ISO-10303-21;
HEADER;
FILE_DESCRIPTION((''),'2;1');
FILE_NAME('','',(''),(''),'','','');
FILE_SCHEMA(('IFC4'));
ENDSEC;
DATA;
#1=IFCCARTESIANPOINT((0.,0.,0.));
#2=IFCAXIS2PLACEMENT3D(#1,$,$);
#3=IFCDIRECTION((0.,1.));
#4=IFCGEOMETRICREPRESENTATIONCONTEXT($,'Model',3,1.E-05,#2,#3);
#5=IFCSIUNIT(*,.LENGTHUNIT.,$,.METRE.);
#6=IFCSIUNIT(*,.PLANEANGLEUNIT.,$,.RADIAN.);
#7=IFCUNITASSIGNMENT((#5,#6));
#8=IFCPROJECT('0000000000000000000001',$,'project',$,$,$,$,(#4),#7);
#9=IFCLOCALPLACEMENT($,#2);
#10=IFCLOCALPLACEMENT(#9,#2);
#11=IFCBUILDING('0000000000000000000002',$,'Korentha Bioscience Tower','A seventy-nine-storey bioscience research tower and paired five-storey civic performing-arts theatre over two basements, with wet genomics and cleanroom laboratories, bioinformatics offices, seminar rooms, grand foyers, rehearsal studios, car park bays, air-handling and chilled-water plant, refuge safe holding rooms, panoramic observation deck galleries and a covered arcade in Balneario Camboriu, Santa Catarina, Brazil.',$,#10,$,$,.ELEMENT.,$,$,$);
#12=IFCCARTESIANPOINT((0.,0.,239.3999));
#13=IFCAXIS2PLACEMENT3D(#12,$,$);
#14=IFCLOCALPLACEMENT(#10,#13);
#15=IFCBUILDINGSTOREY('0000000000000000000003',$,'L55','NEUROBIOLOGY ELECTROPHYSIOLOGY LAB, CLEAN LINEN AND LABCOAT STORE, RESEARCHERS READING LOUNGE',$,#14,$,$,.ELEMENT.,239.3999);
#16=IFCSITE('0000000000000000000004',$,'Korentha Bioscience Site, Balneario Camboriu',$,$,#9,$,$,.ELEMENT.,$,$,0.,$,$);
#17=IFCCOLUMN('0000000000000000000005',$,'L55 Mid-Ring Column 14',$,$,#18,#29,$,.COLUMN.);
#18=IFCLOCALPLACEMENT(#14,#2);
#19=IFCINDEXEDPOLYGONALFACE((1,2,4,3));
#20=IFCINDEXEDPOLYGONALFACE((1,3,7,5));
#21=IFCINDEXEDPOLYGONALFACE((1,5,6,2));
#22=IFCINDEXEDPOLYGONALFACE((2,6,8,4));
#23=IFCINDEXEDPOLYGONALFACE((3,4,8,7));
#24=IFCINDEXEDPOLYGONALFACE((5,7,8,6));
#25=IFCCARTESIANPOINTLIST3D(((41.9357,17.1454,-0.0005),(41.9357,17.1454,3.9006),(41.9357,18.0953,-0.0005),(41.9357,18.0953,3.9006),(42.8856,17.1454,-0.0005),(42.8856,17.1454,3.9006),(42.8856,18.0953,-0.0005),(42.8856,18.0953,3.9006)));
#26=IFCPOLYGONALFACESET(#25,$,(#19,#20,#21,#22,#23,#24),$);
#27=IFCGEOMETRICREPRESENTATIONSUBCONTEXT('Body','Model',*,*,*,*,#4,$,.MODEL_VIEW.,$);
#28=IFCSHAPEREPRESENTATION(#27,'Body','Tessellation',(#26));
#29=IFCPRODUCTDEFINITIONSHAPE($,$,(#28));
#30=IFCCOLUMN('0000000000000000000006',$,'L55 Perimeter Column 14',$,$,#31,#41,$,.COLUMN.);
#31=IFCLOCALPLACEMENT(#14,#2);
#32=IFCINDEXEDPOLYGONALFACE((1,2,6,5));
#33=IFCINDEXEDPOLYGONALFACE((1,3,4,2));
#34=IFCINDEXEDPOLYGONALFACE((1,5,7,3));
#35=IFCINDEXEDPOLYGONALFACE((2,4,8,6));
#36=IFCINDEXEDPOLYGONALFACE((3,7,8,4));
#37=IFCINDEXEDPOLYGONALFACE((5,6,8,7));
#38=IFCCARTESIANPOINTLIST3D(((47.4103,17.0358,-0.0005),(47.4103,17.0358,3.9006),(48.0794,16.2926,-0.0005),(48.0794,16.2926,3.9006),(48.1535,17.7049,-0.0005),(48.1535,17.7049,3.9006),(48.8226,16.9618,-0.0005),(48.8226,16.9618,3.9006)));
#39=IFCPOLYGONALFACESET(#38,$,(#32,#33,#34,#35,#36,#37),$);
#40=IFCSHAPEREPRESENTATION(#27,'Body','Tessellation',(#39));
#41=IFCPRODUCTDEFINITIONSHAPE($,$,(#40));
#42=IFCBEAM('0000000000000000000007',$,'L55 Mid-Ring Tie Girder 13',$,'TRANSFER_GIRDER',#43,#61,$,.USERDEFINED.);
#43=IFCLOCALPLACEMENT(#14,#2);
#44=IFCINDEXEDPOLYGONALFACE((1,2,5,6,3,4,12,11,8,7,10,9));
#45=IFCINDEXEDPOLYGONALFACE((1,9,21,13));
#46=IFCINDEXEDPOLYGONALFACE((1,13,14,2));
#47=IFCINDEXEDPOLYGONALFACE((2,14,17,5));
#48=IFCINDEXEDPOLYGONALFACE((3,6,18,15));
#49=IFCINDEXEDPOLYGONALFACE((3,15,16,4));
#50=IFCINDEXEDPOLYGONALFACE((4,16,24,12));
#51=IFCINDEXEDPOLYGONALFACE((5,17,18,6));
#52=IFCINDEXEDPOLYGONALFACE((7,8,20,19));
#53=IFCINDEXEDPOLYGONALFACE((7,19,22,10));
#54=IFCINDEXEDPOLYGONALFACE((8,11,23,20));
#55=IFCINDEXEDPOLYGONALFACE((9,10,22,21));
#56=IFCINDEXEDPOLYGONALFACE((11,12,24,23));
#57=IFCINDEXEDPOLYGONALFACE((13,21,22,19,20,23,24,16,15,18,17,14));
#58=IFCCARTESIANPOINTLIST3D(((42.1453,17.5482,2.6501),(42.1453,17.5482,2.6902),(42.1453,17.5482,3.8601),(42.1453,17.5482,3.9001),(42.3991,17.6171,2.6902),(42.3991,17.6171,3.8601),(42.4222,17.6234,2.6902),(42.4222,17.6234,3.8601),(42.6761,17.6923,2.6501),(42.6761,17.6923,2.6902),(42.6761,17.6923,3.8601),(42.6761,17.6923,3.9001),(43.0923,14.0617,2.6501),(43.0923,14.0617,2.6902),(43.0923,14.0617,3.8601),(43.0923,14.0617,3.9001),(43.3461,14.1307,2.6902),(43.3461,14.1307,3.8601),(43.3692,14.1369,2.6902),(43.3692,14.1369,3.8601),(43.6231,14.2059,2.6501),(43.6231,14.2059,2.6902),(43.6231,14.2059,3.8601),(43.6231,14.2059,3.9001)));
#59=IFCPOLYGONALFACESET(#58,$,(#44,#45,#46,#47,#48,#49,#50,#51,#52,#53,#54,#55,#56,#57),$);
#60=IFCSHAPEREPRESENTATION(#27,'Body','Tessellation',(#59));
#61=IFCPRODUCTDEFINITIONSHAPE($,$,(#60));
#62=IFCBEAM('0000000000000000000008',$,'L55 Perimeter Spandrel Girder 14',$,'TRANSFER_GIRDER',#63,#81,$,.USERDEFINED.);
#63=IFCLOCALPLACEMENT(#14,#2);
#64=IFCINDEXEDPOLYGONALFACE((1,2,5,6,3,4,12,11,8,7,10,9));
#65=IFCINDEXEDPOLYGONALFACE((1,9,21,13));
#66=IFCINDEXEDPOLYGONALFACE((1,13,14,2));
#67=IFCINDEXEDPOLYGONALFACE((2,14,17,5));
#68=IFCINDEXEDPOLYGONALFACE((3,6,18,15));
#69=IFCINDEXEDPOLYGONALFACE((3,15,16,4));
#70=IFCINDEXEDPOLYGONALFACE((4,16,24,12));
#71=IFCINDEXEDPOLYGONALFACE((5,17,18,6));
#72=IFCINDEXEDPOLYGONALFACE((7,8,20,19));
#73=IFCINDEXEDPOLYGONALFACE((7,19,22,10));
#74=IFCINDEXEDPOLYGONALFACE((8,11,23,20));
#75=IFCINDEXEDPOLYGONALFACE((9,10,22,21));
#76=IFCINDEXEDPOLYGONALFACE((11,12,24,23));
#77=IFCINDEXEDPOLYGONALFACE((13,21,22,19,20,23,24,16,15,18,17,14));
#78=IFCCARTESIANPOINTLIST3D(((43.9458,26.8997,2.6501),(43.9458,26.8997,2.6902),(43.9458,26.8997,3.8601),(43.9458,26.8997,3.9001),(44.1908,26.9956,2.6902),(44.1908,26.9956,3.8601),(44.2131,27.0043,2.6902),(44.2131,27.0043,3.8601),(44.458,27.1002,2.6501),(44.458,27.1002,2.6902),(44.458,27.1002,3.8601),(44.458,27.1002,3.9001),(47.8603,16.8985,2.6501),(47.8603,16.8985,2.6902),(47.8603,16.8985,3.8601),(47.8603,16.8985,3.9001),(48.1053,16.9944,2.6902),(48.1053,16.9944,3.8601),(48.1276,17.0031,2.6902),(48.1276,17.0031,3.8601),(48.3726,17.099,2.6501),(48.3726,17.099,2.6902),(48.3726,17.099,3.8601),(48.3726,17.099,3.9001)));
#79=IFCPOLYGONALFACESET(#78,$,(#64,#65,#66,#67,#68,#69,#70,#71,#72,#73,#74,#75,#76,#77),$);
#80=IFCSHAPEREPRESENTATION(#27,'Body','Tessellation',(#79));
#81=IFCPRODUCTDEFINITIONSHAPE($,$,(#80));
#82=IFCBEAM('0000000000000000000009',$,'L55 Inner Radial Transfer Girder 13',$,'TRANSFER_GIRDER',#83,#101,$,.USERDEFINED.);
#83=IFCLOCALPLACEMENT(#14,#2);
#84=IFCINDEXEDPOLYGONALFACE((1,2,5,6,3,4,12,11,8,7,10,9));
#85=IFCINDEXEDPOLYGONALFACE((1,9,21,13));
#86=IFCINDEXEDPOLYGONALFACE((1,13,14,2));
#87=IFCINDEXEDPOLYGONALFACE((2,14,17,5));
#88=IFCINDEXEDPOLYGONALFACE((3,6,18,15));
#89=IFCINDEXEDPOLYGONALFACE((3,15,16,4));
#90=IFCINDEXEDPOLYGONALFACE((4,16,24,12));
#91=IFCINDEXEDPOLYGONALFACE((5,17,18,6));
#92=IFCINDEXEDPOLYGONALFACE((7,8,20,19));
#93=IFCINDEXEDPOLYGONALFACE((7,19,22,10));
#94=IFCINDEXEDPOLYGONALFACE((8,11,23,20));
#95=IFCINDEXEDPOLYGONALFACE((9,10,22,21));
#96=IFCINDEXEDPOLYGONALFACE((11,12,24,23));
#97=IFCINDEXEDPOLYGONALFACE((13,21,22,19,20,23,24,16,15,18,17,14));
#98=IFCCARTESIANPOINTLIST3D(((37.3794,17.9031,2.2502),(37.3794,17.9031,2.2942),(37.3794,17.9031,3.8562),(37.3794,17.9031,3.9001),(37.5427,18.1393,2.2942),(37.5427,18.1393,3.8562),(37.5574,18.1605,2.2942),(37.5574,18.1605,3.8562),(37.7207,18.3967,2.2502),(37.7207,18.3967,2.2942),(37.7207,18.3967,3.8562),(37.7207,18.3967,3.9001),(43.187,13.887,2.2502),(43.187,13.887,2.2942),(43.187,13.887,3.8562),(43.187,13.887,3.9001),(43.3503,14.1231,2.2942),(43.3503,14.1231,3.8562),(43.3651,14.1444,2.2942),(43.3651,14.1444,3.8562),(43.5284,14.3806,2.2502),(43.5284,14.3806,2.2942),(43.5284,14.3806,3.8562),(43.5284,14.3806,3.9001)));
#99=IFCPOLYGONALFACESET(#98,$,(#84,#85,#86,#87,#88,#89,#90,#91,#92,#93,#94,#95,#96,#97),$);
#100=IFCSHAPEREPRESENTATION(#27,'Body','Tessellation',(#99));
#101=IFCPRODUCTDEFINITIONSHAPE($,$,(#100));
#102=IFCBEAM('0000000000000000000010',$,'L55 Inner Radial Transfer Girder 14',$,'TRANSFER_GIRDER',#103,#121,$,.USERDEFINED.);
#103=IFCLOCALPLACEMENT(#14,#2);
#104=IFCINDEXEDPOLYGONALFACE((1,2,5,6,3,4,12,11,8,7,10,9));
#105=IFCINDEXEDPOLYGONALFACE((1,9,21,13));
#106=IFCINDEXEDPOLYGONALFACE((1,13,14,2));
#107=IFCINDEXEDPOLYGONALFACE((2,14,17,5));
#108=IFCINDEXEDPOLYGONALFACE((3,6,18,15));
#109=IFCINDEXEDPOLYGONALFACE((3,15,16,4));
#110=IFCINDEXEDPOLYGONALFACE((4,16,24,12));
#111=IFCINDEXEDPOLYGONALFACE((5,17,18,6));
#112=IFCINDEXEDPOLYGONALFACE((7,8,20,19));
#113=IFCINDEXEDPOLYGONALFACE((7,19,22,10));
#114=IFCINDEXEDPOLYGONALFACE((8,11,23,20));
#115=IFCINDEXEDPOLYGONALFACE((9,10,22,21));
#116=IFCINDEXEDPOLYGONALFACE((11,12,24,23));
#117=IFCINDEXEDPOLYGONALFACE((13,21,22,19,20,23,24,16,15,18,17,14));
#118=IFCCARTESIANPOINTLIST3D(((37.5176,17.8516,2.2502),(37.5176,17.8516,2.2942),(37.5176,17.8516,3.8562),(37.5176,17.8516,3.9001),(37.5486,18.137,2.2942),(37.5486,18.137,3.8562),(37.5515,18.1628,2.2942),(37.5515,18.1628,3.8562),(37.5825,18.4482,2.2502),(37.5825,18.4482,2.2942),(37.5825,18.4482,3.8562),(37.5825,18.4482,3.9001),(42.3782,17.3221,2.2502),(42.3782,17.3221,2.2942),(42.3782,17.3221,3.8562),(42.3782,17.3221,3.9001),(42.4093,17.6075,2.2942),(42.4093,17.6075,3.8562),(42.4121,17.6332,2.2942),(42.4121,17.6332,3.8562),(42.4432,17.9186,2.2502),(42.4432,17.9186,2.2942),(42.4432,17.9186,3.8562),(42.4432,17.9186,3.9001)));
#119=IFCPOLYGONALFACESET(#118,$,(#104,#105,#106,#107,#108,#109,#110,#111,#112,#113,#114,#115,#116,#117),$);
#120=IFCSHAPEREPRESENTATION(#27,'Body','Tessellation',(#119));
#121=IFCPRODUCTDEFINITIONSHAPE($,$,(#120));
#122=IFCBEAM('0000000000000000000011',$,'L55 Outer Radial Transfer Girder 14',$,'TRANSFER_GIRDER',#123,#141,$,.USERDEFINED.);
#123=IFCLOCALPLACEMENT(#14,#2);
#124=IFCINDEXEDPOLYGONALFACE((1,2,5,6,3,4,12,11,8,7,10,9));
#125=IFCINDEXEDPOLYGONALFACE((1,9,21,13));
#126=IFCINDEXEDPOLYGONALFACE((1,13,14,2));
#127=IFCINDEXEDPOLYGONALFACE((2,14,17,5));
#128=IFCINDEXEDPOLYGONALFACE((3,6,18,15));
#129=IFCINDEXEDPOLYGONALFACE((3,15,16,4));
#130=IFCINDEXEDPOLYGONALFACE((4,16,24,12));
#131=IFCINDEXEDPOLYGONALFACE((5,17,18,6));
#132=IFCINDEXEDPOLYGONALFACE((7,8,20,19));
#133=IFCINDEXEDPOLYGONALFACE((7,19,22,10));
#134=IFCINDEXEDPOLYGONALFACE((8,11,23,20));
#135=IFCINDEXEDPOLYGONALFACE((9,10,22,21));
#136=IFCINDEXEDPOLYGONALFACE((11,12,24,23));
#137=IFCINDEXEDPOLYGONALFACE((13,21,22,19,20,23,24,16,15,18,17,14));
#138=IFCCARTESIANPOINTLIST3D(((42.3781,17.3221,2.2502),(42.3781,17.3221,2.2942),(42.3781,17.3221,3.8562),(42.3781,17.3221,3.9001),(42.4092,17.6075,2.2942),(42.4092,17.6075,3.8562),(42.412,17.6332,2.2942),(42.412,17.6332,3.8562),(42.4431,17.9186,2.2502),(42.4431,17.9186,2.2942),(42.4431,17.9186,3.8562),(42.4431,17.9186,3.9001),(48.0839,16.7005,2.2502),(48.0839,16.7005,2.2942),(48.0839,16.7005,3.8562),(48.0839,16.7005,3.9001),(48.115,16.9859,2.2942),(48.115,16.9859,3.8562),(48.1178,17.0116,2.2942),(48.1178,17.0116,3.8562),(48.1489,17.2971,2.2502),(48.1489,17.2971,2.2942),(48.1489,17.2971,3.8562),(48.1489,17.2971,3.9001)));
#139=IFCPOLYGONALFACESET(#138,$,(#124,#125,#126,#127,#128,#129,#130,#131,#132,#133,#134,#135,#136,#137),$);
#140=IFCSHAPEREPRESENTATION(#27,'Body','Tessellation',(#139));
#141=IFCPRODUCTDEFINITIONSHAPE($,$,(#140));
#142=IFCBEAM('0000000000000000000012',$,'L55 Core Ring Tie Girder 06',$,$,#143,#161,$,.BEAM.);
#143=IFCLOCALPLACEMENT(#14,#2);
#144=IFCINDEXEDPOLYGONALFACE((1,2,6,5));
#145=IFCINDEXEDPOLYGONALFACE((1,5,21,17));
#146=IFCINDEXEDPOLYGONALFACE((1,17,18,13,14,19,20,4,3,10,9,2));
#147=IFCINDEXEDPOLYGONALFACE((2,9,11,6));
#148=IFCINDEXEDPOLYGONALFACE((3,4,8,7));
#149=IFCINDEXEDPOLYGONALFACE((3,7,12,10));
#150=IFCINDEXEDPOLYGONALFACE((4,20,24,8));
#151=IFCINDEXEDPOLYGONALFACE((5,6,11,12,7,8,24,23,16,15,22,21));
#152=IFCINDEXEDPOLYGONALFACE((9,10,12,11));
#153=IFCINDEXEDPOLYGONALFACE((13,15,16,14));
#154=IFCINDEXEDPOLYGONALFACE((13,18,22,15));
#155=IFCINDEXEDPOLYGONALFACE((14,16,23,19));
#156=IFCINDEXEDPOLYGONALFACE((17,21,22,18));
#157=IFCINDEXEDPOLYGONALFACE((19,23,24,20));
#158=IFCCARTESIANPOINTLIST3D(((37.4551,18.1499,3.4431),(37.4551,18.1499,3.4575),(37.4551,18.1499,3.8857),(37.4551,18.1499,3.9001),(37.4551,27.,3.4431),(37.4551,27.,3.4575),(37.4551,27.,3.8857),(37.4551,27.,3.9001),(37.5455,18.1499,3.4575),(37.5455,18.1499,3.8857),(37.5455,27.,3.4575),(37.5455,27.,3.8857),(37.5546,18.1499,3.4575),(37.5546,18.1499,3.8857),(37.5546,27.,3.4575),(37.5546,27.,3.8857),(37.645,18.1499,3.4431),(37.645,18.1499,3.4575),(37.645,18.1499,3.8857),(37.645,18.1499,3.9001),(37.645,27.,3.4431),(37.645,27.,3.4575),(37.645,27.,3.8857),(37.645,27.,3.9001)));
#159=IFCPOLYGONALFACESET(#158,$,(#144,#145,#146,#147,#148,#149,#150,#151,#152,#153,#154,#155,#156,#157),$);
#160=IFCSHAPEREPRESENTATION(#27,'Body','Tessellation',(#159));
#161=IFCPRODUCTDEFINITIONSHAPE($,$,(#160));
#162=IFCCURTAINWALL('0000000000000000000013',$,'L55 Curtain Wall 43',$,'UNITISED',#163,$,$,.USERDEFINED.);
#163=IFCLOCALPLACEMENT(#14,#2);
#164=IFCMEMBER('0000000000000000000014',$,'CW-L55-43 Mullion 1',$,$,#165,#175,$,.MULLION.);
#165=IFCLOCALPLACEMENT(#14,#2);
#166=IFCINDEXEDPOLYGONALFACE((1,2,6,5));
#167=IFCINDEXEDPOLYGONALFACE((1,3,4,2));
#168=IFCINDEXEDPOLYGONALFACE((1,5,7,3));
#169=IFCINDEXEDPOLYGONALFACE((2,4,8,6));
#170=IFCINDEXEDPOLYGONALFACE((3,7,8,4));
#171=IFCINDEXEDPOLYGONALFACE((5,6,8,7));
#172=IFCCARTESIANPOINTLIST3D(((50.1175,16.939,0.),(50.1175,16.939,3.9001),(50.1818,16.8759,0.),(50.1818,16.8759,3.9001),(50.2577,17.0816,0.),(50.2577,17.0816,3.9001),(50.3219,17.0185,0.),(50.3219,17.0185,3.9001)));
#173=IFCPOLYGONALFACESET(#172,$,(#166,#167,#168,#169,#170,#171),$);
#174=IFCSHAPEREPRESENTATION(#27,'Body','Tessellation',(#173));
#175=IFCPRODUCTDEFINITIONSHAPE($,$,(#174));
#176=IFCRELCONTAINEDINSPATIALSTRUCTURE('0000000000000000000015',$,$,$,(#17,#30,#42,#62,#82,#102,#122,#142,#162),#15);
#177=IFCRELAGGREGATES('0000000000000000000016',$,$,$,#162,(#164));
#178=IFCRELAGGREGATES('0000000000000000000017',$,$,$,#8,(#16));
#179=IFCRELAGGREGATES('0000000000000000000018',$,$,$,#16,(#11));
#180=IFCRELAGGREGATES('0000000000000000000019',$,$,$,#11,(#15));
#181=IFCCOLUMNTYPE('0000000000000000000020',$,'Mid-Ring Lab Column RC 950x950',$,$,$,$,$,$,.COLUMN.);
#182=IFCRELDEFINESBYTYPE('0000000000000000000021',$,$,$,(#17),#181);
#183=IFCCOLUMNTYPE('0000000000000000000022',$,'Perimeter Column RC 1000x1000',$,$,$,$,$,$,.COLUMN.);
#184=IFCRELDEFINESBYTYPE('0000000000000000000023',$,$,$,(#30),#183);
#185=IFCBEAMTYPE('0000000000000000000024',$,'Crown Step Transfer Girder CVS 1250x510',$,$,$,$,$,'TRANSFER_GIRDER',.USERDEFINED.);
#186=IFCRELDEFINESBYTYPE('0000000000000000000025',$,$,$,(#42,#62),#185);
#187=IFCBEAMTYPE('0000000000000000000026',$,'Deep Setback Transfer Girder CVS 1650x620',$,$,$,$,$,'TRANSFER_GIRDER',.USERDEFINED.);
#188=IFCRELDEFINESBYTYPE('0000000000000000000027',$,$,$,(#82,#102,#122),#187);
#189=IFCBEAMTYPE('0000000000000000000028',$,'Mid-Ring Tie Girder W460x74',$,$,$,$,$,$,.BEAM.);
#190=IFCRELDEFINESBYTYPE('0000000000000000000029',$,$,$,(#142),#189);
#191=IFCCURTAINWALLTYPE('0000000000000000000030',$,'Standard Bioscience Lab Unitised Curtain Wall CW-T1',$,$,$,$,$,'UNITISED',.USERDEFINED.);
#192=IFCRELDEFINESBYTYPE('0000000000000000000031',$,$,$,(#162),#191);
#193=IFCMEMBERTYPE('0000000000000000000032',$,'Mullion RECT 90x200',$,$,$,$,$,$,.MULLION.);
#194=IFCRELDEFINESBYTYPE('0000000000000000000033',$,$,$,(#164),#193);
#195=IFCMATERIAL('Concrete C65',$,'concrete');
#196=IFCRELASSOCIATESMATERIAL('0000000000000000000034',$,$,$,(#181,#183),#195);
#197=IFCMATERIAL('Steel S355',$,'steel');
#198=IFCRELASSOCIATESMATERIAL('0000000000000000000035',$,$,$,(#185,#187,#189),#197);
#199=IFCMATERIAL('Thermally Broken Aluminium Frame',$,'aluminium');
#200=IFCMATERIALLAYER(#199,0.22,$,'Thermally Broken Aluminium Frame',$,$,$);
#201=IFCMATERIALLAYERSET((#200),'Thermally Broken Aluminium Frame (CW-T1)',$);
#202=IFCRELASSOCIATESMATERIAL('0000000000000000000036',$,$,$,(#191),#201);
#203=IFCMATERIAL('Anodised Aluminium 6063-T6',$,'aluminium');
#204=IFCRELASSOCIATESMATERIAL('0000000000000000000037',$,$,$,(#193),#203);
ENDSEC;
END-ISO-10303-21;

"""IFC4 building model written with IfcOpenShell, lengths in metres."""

from ifc_helpers import new_model, si_unit, direction, frame, origin, origin_2d, place, context, subcontext, project, spatial, rectangle, i_section, extrude, material, layer, layer_set, material_profile, profile_set, type_object, element, aggregate, save


model = new_model("IFC4")

# Units and contexts
model_context = context("Model", 3, precision=1e-05, world=origin(), true_north=direction((0.0, 1.0)))
body_context = subcontext(model_context, "Body", "Model", "MODEL_VIEW")
ifc_project = project(units=[si_unit("LENGTHUNIT", "METRE"), si_unit("PLANEANGLEUNIT", "RADIAN")], contexts=[model_context])

# Site, building, storey
site_placement = place(None, origin())
site = spatial("IfcSite", under=ifc_project, at=site_placement, Name="Korentha Bioscience Site, Balneario Camboriu", CompositionType="ELEMENT", RefElevation=0.0)
building_placement = place(site_placement, origin())
building = spatial("IfcBuilding", under=site, at=building_placement, Name="Korentha Bioscience Tower", Description="A seventy-nine-storey bioscience research tower and paired five-storey civic performing-arts theatre over two basements, with wet genomics and cleanroom laboratories, bioinformatics offices, seminar rooms, grand foyers, rehearsal studios, car park bays, air-handling and chilled-water plant, refuge safe holding rooms, panoramic observation deck galleries and a covered arcade in Balneario Camboriu, Santa Catarina, Brazil.", CompositionType="ELEMENT")
storey_placement = place(building_placement, frame((0.0, 0.0, 239.3999)))
storey = spatial("IfcBuildingStorey", under=building, at=storey_placement, Name="L55", Description="NEUROBIOLOGY ELECTROPHYSIOLOGY LAB, CLEAN LINEN AND LABCOAT STORE, RESEARCHERS READING LOUNGE", CompositionType="ELEMENT", Elevation=239.3999)

# Columns
ifc_material_1 = material(Name="Concrete C65", Category="concrete")
ifc_material_profile_1 = material_profile(ifc_material_1, rectangle(XDim=0.95, YDim=0.95, at=origin_2d()), Name="Concrete C65")
ifc_profile_set_1 = profile_set([ifc_material_profile_1], Name="Concrete C65 (COL-MR09)")
column_type_1 = type_object("IfcColumnType", Name="Mid-Ring Lab Column RC 950x950", PredefinedType="COLUMN", material=ifc_profile_set_1)
column_1_placement = place(storey_placement, frame((42.4106, 17.6204, -0.0005), z_axis=(0.0, 0.0, 1.0), x_axis=(1.0, 0.0, 0.0)))
element("IfcColumn", 1, at=column_1_placement, inside=storey, type_object=column_type_1, Name="L55 Mid-Ring Column 14", PredefinedType="COLUMN", context=body_context, shape_type="SweptSolid", body=[
    extrude(rectangle(XDim=0.95, YDim=0.95, at=origin_2d()), origin(), (0.0, 0.0, 1.0), 3.9011),
])
ifc_material_profile_2 = material_profile(ifc_material_1, rectangle(XDim=1.0, YDim=1.0, at=origin_2d()), Name="Concrete C65")
ifc_profile_set_2 = profile_set([ifc_material_profile_2], Name="Concrete C65 (COL-P10)")
column_type_2 = type_object("IfcColumnType", Name="Perimeter Column RC 1000x1000", PredefinedType="COLUMN", material=ifc_profile_set_2)
column_2_placement = place(storey_placement, frame((48.1165, 16.9988, -0.0005), z_axis=(0.0, 0.0, 1.0), x_axis=(-0.669131, 0.743145, 0.0)))
element("IfcColumn", 2, at=column_2_placement, inside=storey, type_object=column_type_2, Name="L55 Perimeter Column 14", PredefinedType="COLUMN", context=body_context, shape_type="SweptSolid", body=[
    extrude(rectangle(XDim=1.0, YDim=1.0, at=origin_2d()), origin(), (0.0, 0.0, 1.0), 3.9011),
])

# Beams
ifc_material_2 = material(Name="Steel S355", Category="steel")
ifc_material_profile_3 = material_profile(ifc_material_2, i_section(OverallWidth=0.55, OverallDepth=1.25, WebThickness=0.0239, FlangeThickness=0.04, at=origin_2d()), Name="Steel S355")
ifc_profile_set_3 = profile_set([ifc_material_profile_3], Name="Steel S355 (TG-03)")
beam_type_1 = type_object("IfcBeamType", Name="Crown Step Transfer Girder CVS 1250x510", ElementType="TRANSFER_GIRDER", PredefinedType="USERDEFINED", material=ifc_profile_set_3)
beam_1_placement = place(storey_placement, frame((43.3577, 14.1338, 3.2751), z_axis=(-0.262122, 0.965035, 0.0), x_axis=(-0.965035, -0.262122, 0.0)))
element("IfcBeam", 3, at=beam_1_placement, inside=storey, type_object=beam_type_1, Name="L55 Mid-Ring Tie Girder 13", ObjectType="TRANSFER_GIRDER", PredefinedType="USERDEFINED", context=body_context, shape_type="SweptSolid", body=[
    extrude(i_section(OverallWidth=0.55, OverallDepth=1.25, WebThickness=0.0239, FlangeThickness=0.04, at=origin_2d()), origin(), (0.0, 0.0, 1.0), 3.6128),
])
beam_2_placement = place(storey_placement, frame((48.1165, 16.9988, 3.2751), z_axis=(-0.364482, 0.93121, 0.0), x_axis=(-0.93121, -0.364482, 0.0)))
element("IfcBeam", 4, at=beam_2_placement, inside=storey, type_object=beam_type_1, Name="L55 Perimeter Spandrel Girder 14", ObjectType="TRANSFER_GIRDER", PredefinedType="USERDEFINED", context=body_context, shape_type="SweptSolid", body=[
    extrude(i_section(OverallWidth=0.55, OverallDepth=1.25, WebThickness=0.0239, FlangeThickness=0.04, at=origin_2d()), origin(), (0.0, 0.0, 1.0), 10.74),
])
ifc_material_profile_4 = material_profile(ifc_material_2, i_section(OverallWidth=0.6001, OverallDepth=1.6499, WebThickness=0.0259, FlangeThickness=0.0439, at=origin_2d()), Name="Steel S355")
ifc_profile_set_4 = profile_set([ifc_material_profile_4], Name="Steel S355 (TG-04)")
beam_type_2 = type_object("IfcBeamType", Name="Deep Setback Transfer Girder CVS 1650x620", ElementType="TRANSFER_GIRDER", PredefinedType="USERDEFINED", material=ifc_profile_set_4)
beam_3_placement = place(storey_placement, frame((37.55, 18.1499, 3.0752), z_axis=(0.822493, -0.568775, 0.0), x_axis=(0.568775, 0.822493, 0.0)))
element("IfcBeam", 5, at=beam_3_placement, inside=storey, type_object=beam_type_2, Name="L55 Inner Radial Transfer Girder 13", ObjectType="TRANSFER_GIRDER", PredefinedType="USERDEFINED", context=body_context, shape_type="SweptSolid", body=[
    extrude(i_section(OverallWidth=0.6001, OverallDepth=1.6499, WebThickness=0.0259, FlangeThickness=0.0439, at=origin_2d()), origin(), (0.0, 0.0, 1.0), 7.061),
])
beam_4_placement = place(storey_placement, frame((37.55, 18.1499, 3.0752), z_axis=(0.994118, -0.108305, 0.0), x_axis=(0.108305, 0.994118, 0.0)))
element("IfcBeam", 6, at=beam_4_placement, inside=storey, type_object=beam_type_2, Name="L55 Inner Radial Transfer Girder 14", ObjectType="TRANSFER_GIRDER", PredefinedType="USERDEFINED", context=body_context, shape_type="SweptSolid", body=[
    extrude(i_section(OverallWidth=0.6001, OverallDepth=1.6499, WebThickness=0.0259, FlangeThickness=0.0439, at=origin_2d()), origin(), (0.0, 0.0, 1.0), 4.8894),
])
beam_5_placement = place(storey_placement, frame((42.4106, 17.6204, 3.0752), z_axis=(0.994119, -0.108298, 0.0), x_axis=(0.108298, 0.994119, 0.0)))
element("IfcBeam", 7, at=beam_5_placement, inside=storey, type_object=beam_type_2, Name="L55 Outer Radial Transfer Girder 14", ObjectType="TRANSFER_GIRDER", PredefinedType="USERDEFINED", context=body_context, shape_type="SweptSolid", body=[
    extrude(i_section(OverallWidth=0.6001, OverallDepth=1.6499, WebThickness=0.0259, FlangeThickness=0.0439, at=origin_2d()), origin(), (0.0, 0.0, 1.0), 5.7395),
])
ifc_material_profile_5 = material_profile(ifc_material_2, i_section(OverallWidth=0.1899, OverallDepth=0.457, WebThickness=0.009, FlangeThickness=0.0144, at=origin_2d()), Name="Steel S355")
ifc_profile_set_5 = profile_set([ifc_material_profile_5], Name="Steel S355 (MB-460)")
beam_type_3 = type_object("IfcBeamType", Name="Mid-Ring Tie Girder W460x74", PredefinedType="BEAM", material=ifc_profile_set_5)
beam_6_placement = place(storey_placement, frame((37.55, 18.1499, 3.6716), z_axis=(0.0, 1.0, 0.0), x_axis=(-1.0, 0.0, 0.0)))
element("IfcBeam", 8, at=beam_6_placement, inside=storey, type_object=beam_type_3, Name="L55 Core Ring Tie Girder 06", PredefinedType="BEAM", context=body_context, shape_type="SweptSolid", body=[
    extrude(i_section(OverallWidth=0.1899, OverallDepth=0.457, WebThickness=0.009, FlangeThickness=0.0144, at=origin_2d()), origin(), (0.0, 0.0, 1.0), 8.8501),
])

# Curtain wall, member
ifc_material_3 = material(Name="Thermally Broken Aluminium Frame", Category="aluminium")
ifc_layer_1 = layer(ifc_material_3, 0.22, Name="Thermally Broken Aluminium Frame")
ifc_layer_set_1 = layer_set([ifc_layer_1], Name="Thermally Broken Aluminium Frame (CW-T1)")
curtain_wall_type = type_object("IfcCurtainWallType", Name="Standard Bioscience Lab Unitised Curtain Wall CW-T1", ElementType="UNITISED", PredefinedType="USERDEFINED", material=ifc_layer_set_1)
curtain_wall_1_placement = place(storey_placement, origin())
curtain_wall_1 = element("IfcCurtainWall", 9, at=curtain_wall_1_placement, inside=storey, type_object=curtain_wall_type, Name="L55 Curtain Wall 43", ObjectType="UNITISED", PredefinedType="USERDEFINED")
ifc_material_4 = material(Name="Anodised Aluminium 6063-T6", Category="aluminium")
ifc_material_profile_6 = material_profile(ifc_material_4, rectangle(XDim=0.0901, YDim=0.2, at=origin_2d()), Name="Anodised Aluminium 6063-T6")
ifc_profile_set_6 = profile_set([ifc_material_profile_6], Name="Anodised Aluminium 6063-T6 (CW-MUL)")
member_type_1 = type_object("IfcMemberType", Name="Mullion RECT 90x200", PredefinedType="MULLION", material=ifc_profile_set_6)
member_1_placement = place(storey_placement, frame((50.2197, 16.9788, 0.0), z_axis=(0.0, 0.0, 1.0), x_axis=(-0.713258, 0.700901, 0.0)))
member_1 = element("IfcMember", 10, at=member_1_placement, type_object=member_type_1, Name="CW-L55-43 Mullion 1", PredefinedType="MULLION", context=body_context, shape_type="SweptSolid", body=[
    extrude(rectangle(XDim=0.0901, YDim=0.2, at=origin_2d()), origin(), (0.0, 0.0, 1.0), 3.9001),
])

aggregate(curtain_wall_1, [member_1])

save(model, "model.ifc")
